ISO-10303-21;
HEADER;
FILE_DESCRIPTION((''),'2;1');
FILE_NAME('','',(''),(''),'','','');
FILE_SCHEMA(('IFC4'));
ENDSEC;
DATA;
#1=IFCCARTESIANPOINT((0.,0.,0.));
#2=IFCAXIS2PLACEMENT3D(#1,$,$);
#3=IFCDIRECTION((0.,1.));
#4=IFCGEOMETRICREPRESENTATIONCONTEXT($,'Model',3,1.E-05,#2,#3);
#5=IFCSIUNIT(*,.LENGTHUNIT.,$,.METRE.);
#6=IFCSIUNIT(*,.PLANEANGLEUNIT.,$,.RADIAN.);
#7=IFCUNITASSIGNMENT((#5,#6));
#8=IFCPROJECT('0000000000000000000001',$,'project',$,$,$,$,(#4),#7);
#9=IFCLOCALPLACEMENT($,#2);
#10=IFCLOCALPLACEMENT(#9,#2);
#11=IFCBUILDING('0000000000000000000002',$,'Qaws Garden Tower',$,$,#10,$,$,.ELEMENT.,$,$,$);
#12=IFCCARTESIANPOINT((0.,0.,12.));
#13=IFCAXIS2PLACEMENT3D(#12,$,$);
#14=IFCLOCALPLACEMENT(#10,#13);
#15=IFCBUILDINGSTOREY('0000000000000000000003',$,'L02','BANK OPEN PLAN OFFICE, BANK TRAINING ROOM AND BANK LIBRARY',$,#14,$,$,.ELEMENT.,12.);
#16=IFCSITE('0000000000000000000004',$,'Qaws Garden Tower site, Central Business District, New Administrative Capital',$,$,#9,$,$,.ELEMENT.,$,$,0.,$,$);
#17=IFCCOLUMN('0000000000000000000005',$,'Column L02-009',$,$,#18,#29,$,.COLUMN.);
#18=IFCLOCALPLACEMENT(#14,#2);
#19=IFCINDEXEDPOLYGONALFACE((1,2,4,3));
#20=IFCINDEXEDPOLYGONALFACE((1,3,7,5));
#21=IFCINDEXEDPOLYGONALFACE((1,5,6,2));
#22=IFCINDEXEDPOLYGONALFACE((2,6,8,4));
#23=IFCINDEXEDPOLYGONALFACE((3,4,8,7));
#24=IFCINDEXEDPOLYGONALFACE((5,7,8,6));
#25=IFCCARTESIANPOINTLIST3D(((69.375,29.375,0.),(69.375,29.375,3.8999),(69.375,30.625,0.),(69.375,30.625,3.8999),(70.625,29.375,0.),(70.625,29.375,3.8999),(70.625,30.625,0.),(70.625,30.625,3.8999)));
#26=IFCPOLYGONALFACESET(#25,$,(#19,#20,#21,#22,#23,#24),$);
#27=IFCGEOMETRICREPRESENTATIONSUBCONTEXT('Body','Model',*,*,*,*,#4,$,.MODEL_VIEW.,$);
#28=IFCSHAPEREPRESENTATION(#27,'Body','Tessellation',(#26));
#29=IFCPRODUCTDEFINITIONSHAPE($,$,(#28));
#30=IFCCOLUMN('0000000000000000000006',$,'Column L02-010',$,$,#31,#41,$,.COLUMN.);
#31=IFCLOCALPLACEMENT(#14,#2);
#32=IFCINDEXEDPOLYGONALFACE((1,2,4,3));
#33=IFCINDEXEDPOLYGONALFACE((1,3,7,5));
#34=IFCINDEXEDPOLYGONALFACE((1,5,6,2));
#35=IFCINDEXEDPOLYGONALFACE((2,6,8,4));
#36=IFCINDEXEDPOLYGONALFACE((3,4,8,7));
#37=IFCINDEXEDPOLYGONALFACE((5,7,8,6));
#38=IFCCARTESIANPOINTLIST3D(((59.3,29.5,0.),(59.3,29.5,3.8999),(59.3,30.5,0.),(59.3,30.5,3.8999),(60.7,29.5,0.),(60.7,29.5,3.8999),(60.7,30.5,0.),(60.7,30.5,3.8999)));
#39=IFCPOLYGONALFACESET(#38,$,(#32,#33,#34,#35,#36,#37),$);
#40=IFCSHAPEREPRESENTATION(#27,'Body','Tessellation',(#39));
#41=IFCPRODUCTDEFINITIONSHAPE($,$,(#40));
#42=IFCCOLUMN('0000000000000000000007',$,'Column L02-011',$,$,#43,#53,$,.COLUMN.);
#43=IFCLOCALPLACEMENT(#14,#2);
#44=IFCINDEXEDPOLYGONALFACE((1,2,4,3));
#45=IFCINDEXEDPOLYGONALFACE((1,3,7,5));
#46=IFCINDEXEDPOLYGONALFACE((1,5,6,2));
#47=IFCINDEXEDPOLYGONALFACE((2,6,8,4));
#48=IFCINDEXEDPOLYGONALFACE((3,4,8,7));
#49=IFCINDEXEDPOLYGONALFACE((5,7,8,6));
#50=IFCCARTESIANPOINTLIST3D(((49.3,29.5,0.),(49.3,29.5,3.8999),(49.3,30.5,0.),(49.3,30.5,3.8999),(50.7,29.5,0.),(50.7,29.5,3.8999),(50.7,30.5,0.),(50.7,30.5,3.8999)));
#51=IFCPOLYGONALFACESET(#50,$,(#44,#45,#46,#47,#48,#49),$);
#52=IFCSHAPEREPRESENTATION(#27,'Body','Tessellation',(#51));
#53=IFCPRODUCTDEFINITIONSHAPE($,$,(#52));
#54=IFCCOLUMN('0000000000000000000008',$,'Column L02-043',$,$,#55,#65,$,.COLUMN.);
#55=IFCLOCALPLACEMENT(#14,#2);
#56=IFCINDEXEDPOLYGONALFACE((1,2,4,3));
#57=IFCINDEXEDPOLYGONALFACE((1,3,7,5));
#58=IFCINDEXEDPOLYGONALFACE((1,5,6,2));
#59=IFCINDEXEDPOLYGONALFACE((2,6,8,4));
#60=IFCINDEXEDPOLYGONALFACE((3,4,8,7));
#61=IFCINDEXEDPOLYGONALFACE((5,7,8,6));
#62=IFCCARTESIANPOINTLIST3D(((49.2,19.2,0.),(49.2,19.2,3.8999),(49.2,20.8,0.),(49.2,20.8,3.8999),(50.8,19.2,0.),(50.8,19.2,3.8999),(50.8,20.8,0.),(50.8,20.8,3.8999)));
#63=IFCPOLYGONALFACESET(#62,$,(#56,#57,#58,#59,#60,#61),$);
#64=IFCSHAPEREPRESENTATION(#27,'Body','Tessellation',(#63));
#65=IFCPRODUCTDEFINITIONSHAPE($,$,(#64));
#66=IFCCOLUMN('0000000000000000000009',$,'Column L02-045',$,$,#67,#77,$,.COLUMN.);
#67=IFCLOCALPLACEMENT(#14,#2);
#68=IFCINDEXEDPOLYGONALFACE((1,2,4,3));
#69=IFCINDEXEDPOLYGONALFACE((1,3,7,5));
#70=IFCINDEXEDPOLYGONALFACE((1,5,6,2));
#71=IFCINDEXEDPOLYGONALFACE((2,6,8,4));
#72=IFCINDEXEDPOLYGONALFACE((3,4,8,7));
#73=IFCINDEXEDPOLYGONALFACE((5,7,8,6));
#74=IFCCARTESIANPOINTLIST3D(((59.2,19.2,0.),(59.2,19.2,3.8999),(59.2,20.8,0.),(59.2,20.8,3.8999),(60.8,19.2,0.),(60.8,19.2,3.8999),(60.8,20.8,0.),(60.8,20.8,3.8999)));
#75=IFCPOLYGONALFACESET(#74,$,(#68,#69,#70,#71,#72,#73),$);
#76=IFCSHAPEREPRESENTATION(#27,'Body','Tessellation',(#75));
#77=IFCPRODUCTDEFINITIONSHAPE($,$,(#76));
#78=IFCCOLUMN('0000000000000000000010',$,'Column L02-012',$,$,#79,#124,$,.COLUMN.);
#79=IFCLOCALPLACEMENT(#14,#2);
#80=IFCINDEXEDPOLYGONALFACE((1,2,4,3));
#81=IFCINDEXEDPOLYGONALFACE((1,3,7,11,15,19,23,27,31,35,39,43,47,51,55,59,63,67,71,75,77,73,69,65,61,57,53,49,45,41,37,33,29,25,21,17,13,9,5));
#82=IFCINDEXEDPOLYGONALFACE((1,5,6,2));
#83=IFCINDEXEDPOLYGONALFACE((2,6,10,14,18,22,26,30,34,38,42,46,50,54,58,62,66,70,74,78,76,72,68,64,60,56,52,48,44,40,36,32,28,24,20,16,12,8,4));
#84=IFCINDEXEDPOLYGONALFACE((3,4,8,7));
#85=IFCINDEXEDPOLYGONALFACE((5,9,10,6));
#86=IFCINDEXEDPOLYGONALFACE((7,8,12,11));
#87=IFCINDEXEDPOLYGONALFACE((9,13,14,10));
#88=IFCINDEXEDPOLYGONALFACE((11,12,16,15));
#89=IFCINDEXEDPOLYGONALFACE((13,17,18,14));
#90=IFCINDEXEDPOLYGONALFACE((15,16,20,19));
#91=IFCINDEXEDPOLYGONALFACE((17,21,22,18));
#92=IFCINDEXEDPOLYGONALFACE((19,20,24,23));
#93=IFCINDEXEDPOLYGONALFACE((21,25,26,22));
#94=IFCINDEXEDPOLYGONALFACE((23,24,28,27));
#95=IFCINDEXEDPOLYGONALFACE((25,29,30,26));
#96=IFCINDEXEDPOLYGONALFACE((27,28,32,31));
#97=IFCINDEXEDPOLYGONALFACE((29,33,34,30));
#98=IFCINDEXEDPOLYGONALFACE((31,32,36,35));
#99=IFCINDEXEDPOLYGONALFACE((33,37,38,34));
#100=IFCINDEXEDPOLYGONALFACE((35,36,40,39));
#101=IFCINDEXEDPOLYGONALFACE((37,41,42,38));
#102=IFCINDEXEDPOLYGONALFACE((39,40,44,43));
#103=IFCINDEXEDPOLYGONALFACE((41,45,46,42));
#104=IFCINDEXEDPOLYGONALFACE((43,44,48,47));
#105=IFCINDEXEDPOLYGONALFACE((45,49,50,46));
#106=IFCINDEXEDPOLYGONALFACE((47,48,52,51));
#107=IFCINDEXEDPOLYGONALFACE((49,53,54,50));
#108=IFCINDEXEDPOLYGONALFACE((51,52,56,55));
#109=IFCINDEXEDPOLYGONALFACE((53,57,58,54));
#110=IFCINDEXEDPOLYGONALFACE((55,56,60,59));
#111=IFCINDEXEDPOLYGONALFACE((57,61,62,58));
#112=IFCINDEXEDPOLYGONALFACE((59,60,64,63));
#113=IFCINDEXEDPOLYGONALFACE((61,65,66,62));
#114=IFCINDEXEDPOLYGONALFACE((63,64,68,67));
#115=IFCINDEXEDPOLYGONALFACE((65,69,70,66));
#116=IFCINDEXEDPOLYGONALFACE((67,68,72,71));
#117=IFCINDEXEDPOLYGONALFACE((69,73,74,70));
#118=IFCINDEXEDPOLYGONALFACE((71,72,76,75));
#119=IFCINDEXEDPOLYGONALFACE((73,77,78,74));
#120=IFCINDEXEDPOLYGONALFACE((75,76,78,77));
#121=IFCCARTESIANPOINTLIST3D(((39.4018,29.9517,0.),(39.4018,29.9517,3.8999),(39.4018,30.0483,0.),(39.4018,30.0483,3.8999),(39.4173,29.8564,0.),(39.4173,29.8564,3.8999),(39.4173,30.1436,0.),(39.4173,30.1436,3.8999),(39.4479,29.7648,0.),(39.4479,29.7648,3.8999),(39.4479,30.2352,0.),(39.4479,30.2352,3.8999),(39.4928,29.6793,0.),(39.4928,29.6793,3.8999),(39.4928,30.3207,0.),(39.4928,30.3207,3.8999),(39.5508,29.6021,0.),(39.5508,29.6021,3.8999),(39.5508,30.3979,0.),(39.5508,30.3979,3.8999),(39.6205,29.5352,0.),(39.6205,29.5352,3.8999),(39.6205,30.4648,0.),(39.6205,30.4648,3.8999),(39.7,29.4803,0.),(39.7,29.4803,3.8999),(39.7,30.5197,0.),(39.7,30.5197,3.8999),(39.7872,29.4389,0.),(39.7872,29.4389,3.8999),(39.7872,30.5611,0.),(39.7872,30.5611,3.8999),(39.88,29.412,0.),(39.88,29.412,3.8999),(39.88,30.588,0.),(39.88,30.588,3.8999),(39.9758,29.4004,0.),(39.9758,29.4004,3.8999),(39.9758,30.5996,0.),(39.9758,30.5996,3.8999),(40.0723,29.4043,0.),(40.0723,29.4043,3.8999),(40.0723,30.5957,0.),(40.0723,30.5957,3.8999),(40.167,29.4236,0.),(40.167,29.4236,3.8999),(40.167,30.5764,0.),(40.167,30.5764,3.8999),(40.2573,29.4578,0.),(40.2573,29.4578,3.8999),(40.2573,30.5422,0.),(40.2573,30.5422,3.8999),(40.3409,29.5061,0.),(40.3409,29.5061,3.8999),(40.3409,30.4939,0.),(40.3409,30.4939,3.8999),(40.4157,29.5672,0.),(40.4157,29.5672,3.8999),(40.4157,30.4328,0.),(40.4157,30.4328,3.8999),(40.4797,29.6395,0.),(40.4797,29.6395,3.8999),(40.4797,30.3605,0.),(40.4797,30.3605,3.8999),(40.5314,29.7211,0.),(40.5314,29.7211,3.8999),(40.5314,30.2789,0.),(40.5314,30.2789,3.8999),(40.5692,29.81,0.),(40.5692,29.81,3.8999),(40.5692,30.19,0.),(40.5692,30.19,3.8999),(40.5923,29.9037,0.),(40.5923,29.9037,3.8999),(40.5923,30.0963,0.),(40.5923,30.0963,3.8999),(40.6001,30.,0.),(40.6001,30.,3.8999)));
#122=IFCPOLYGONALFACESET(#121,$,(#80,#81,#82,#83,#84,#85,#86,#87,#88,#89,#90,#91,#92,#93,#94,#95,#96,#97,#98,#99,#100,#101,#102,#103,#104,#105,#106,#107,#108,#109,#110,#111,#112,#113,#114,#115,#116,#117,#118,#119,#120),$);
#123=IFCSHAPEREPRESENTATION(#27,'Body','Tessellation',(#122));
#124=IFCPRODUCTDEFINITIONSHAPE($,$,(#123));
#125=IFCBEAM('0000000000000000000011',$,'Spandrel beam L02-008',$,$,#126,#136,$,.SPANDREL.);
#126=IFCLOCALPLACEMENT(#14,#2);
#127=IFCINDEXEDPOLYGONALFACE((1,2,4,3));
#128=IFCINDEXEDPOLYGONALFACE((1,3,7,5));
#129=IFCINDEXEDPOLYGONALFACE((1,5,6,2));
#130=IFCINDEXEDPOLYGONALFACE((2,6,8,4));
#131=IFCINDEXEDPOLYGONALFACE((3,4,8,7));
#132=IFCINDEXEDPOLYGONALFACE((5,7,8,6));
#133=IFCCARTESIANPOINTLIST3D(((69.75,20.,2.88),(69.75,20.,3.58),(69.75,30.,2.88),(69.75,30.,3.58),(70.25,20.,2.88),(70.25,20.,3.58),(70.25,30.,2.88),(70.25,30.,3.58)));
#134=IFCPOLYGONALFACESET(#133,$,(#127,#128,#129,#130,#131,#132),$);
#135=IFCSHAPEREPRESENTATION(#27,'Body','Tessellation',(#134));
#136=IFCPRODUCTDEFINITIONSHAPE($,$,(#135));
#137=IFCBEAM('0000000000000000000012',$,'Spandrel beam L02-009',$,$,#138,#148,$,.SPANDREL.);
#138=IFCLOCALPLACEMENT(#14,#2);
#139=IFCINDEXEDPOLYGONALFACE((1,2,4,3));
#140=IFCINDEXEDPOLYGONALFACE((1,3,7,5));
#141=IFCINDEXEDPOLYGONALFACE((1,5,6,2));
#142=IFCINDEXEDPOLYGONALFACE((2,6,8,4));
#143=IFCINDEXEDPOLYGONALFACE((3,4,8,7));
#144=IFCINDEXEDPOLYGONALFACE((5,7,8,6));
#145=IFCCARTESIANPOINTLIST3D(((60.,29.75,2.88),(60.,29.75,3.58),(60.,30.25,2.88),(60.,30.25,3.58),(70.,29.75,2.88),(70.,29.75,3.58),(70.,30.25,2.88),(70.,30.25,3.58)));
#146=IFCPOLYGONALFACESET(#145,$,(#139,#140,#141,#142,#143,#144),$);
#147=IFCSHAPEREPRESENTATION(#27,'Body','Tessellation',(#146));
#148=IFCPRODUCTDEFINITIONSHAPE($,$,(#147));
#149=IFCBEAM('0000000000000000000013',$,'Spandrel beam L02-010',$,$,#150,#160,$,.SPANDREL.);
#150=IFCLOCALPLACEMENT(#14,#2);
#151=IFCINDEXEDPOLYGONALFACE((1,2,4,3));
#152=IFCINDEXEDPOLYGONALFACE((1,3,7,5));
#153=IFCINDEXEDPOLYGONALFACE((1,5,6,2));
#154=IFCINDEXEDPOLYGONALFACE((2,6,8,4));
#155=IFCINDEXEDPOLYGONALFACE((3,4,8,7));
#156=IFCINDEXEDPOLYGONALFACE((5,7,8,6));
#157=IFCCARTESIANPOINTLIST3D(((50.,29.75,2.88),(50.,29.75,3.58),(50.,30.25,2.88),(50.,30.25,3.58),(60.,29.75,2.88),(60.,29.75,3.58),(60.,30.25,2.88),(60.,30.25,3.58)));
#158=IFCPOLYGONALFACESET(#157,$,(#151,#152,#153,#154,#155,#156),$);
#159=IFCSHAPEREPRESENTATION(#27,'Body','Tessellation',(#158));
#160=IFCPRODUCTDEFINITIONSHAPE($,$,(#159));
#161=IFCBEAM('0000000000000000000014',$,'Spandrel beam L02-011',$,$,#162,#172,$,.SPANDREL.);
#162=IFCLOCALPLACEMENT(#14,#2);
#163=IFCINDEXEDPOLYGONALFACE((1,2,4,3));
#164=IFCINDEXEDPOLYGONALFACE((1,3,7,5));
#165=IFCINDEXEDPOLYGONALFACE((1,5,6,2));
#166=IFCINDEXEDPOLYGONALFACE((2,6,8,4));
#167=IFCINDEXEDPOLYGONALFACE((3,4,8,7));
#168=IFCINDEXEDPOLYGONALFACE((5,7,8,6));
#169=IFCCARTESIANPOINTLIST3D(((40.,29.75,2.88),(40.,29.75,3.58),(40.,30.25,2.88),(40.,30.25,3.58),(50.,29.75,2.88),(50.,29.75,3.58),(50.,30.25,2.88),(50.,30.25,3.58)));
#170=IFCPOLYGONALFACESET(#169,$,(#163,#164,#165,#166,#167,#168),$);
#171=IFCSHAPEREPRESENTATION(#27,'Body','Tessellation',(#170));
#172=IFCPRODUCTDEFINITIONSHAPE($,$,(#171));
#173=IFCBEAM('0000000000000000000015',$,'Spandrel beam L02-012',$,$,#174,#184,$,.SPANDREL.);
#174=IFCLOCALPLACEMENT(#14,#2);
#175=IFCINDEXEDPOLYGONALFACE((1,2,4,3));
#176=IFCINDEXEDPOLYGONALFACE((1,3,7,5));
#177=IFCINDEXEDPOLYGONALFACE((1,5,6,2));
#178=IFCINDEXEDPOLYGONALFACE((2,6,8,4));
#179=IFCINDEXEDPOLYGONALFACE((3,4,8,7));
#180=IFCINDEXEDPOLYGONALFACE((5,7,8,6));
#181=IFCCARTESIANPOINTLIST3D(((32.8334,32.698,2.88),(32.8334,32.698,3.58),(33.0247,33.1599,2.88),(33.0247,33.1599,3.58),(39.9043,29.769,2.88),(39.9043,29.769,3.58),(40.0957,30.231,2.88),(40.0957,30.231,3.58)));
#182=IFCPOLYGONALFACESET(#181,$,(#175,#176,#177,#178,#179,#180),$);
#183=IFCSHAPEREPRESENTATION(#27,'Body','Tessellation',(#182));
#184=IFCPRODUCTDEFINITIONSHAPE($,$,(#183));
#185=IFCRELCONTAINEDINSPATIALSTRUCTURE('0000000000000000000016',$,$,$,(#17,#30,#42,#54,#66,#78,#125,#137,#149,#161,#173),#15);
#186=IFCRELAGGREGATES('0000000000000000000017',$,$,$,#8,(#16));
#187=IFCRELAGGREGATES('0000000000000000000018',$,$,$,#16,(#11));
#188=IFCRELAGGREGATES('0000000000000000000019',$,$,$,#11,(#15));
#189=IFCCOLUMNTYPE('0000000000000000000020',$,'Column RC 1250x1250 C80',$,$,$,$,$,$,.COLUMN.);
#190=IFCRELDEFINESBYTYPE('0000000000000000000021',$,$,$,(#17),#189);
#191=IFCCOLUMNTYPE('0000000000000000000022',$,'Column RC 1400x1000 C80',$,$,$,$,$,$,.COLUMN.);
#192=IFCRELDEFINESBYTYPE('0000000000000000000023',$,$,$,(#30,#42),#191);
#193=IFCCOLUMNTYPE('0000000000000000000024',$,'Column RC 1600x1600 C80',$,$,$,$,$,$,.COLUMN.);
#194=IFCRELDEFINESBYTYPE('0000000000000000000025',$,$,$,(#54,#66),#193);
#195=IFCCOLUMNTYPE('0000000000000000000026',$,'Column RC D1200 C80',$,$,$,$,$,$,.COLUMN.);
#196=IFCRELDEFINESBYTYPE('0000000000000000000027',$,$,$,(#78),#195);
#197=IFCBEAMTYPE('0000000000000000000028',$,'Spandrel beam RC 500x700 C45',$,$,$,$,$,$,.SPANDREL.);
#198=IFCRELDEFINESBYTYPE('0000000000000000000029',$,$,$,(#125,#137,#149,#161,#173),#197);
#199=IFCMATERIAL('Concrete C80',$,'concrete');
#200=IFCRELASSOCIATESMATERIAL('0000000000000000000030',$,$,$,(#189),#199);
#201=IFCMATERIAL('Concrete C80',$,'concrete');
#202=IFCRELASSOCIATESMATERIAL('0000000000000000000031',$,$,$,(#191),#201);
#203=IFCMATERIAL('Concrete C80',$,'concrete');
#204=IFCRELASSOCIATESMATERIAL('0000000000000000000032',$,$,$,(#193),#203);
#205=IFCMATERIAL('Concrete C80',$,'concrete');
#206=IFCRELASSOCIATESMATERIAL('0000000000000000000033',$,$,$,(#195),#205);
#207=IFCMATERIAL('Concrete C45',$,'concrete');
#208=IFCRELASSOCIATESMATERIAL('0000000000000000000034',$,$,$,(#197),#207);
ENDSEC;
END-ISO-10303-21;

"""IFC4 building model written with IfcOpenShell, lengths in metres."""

from ifc_helpers import new_model, si_unit, direction, frame, origin, origin_2d, place, context, subcontext, project, spatial, rectangle, circle, extrude, material, material_profile, profile_set, type_object, element, save


model = new_model("IFC4")

# Units and contexts
model_context = context("Model", 3, precision=1e-05, world=origin(), true_north=direction((0.0, 1.0)))
body_context = subcontext(model_context, "Body", "Model", "MODEL_VIEW")
ifc_project = project(units=[si_unit("LENGTHUNIT", "METRE"), si_unit("PLANEANGLEUNIT", "RADIAN")], contexts=[model_context])

# Site, building, storey
site_placement = place(None, origin())
site = spatial("IfcSite", under=ifc_project, at=site_placement, Name="Qaws Garden Tower site, Central Business District, New Administrative Capital", CompositionType="ELEMENT", RefElevation=0.0)
building_placement = place(site_placement, origin())
building = spatial("IfcBuilding", under=site, at=building_placement, Name="Qaws Garden Tower", CompositionType="ELEMENT")
storey_placement = place(building_placement, frame((0.0, 0.0, 12.0)))
storey = spatial("IfcBuildingStorey", under=building, at=storey_placement, Name="L02", Description="BANK OPEN PLAN OFFICE, BANK TRAINING ROOM AND BANK LIBRARY", CompositionType="ELEMENT", Elevation=12.0)

# Columns
ifc_material_1 = material(Name="Concrete C80", Category="concrete")
ifc_material_profile_1 = material_profile(ifc_material_1, rectangle(XDim=1.25, YDim=1.25, at=origin_2d()), Name="RC 1250x1250")
ifc_profile_set_1 = profile_set([ifc_material_profile_1], Name="Concrete C80")
column_type_1 = type_object("IfcColumnType", Name="Column RC 1250x1250 C80", PredefinedType="COLUMN", material=ifc_profile_set_1)
column_1_placement = place(storey_placement, frame((70.0, 30.0, 0.0), z_axis=(0.0, 0.0, 1.0), x_axis=(1.0, 0.0, 0.0)))
element("IfcColumn", 1, at=column_1_placement, inside=storey, type_object=column_type_1, Name="Column L02-009", PredefinedType="COLUMN", context=body_context, shape_type="SweptSolid", body=[
    extrude(rectangle(XDim=1.25, YDim=1.25, at=origin_2d()), origin(), (0.0, 0.0, 1.0), 3.8999),
])
ifc_material_2 = material(Name="Concrete C80", Category="concrete")
ifc_material_profile_2 = material_profile(ifc_material_2, rectangle(XDim=1.3999, YDim=1.0, at=origin_2d()), Name="RC 1400x1000")
ifc_profile_set_2 = profile_set([ifc_material_profile_2], Name="Concrete C80")
column_type_2 = type_object("IfcColumnType", Name="Column RC 1400x1000 C80", PredefinedType="COLUMN", material=ifc_profile_set_2)
for number, where, z_axis, x_axis, name in (
    (2, (60.0, 30.0, 0.0), (0.0, 0.0, 1.0), (1.0, 0.0, 0.0), "Column L02-010"),
    (3, (50.0, 30.0, 0.0), (0.0, 0.0, 1.0), (1.0, 0.0, 0.0), "Column L02-011"),
):
    element("IfcColumn", number, at=place(storey_placement, frame(where, z_axis=z_axis, x_axis=x_axis)), inside=storey, type_object=column_type_2, Name=name, PredefinedType="COLUMN", context=body_context, shape_type="SweptSolid", body=[
        extrude(rectangle(XDim=1.3999, YDim=1.0, at=origin_2d()), origin(), (0.0, 0.0, 1.0), 3.8999),
    ])
ifc_material_3 = material(Name="Concrete C80", Category="concrete")
ifc_material_profile_3 = material_profile(ifc_material_3, rectangle(XDim=1.6001, YDim=1.6001, at=origin_2d()), Name="RC 1600x1600")
ifc_profile_set_3 = profile_set([ifc_material_profile_3], Name="Concrete C80")
column_type_3 = type_object("IfcColumnType", Name="Column RC 1600x1600 C80", PredefinedType="COLUMN", material=ifc_profile_set_3)
for number, where, z_axis, x_axis, name in (
    (4, (50.0, 20.0, 0.0), (0.0, 0.0, 1.0), (1.0, 0.0, 0.0), "Column L02-043"),
    (5, (60.0, 20.0, 0.0), (0.0, 0.0, 1.0), (1.0, 0.0, 0.0), "Column L02-045"),
):
    element("IfcColumn", number, at=place(storey_placement, frame(where, z_axis=z_axis, x_axis=x_axis)), inside=storey, type_object=column_type_3, Name=name, PredefinedType="COLUMN", context=body_context, shape_type="SweptSolid", body=[
        extrude(rectangle(XDim=1.6001, YDim=1.6001, at=origin_2d()), origin(), (0.0, 0.0, 1.0), 3.8999),
    ])
ifc_material_4 = material(Name="Concrete C80", Category="concrete")
ifc_material_profile_4 = material_profile(ifc_material_4, circle(Radius=0.6001, at=origin_2d()), Name="RC D1200")
ifc_profile_set_4 = profile_set([ifc_material_profile_4], Name="Concrete C80")
column_type_4 = type_object("IfcColumnType", Name="Column RC D1200 C80", PredefinedType="COLUMN", material=ifc_profile_set_4)
column_2_placement = place(storey_placement, frame((40.0, 30.0, 0.0), z_axis=(0.0, 0.0, 1.0), x_axis=(1.0, 0.0, 0.0)))
element("IfcColumn", 6, at=column_2_placement, inside=storey, type_object=column_type_4, Name="Column L02-012", PredefinedType="COLUMN", context=body_context, shape_type="SweptSolid", body=[
    extrude(circle(Radius=0.6001, at=origin_2d()), origin(), (0.0, 0.0, 1.0), 3.8999),
])

# Beams
ifc_material_5 = material(Name="Concrete C45", Category="concrete")
ifc_material_profile_5 = material_profile(ifc_material_5, rectangle(XDim=0.5, YDim=0.7, at=origin_2d()), Name="RC 500x700")
ifc_profile_set_5 = profile_set([ifc_material_profile_5], Name="Concrete C45")
beam_type = type_object("IfcBeamType", Name="Spandrel beam RC 500x700 C45", PredefinedType="SPANDREL", material=ifc_profile_set_5)
for number, where, z_axis, x_axis, name in (
    (7, (70.0, 20.0, 3.23), (0.0, 1.0, 0.0), (-1.0, 0.0, 0.0), "Spandrel beam L02-008"),
    (8, (70.0, 30.0, 3.23), (-1.0, 0.0, 0.0), (0.0, -1.0, 0.0), "Spandrel beam L02-009"),
    (9, (60.0, 30.0, 3.23), (-1.0, 0.0, 0.0), (0.0, -1.0, 0.0), "Spandrel beam L02-010"),
    (10, (50.0, 30.0, 3.23), (-1.0, 0.0, 0.0), (0.0, -1.0, 0.0), "Spandrel beam L02-011"),
):
    element("IfcBeam", number, at=place(storey_placement, frame(where, z_axis=z_axis, x_axis=x_axis)), inside=storey, type_object=beam_type, Name=name, PredefinedType="SPANDREL", context=body_context, shape_type="SweptSolid", body=[
        extrude(rectangle(XDim=0.5, YDim=0.7, at=origin_2d()), origin(), (0.0, 0.0, 1.0), 10.0),
    ])
beam_placement = place(storey_placement, frame((40.0, 30.0, 3.23), z_axis=(-0.923878, 0.382687, 0.0), x_axis=(-0.382687, -0.923878, 0.0)))
element("IfcBeam", 11, at=beam_placement, inside=storey, type_object=beam_type, Name="Spandrel beam L02-012", PredefinedType="SPANDREL", context=body_context, shape_type="SweptSolid", body=[
    extrude(rectangle(XDim=0.5, YDim=0.7, at=origin_2d()), origin(), (0.0, 0.0, 1.0), 7.6536),
])

save(model, "model.ifc")
